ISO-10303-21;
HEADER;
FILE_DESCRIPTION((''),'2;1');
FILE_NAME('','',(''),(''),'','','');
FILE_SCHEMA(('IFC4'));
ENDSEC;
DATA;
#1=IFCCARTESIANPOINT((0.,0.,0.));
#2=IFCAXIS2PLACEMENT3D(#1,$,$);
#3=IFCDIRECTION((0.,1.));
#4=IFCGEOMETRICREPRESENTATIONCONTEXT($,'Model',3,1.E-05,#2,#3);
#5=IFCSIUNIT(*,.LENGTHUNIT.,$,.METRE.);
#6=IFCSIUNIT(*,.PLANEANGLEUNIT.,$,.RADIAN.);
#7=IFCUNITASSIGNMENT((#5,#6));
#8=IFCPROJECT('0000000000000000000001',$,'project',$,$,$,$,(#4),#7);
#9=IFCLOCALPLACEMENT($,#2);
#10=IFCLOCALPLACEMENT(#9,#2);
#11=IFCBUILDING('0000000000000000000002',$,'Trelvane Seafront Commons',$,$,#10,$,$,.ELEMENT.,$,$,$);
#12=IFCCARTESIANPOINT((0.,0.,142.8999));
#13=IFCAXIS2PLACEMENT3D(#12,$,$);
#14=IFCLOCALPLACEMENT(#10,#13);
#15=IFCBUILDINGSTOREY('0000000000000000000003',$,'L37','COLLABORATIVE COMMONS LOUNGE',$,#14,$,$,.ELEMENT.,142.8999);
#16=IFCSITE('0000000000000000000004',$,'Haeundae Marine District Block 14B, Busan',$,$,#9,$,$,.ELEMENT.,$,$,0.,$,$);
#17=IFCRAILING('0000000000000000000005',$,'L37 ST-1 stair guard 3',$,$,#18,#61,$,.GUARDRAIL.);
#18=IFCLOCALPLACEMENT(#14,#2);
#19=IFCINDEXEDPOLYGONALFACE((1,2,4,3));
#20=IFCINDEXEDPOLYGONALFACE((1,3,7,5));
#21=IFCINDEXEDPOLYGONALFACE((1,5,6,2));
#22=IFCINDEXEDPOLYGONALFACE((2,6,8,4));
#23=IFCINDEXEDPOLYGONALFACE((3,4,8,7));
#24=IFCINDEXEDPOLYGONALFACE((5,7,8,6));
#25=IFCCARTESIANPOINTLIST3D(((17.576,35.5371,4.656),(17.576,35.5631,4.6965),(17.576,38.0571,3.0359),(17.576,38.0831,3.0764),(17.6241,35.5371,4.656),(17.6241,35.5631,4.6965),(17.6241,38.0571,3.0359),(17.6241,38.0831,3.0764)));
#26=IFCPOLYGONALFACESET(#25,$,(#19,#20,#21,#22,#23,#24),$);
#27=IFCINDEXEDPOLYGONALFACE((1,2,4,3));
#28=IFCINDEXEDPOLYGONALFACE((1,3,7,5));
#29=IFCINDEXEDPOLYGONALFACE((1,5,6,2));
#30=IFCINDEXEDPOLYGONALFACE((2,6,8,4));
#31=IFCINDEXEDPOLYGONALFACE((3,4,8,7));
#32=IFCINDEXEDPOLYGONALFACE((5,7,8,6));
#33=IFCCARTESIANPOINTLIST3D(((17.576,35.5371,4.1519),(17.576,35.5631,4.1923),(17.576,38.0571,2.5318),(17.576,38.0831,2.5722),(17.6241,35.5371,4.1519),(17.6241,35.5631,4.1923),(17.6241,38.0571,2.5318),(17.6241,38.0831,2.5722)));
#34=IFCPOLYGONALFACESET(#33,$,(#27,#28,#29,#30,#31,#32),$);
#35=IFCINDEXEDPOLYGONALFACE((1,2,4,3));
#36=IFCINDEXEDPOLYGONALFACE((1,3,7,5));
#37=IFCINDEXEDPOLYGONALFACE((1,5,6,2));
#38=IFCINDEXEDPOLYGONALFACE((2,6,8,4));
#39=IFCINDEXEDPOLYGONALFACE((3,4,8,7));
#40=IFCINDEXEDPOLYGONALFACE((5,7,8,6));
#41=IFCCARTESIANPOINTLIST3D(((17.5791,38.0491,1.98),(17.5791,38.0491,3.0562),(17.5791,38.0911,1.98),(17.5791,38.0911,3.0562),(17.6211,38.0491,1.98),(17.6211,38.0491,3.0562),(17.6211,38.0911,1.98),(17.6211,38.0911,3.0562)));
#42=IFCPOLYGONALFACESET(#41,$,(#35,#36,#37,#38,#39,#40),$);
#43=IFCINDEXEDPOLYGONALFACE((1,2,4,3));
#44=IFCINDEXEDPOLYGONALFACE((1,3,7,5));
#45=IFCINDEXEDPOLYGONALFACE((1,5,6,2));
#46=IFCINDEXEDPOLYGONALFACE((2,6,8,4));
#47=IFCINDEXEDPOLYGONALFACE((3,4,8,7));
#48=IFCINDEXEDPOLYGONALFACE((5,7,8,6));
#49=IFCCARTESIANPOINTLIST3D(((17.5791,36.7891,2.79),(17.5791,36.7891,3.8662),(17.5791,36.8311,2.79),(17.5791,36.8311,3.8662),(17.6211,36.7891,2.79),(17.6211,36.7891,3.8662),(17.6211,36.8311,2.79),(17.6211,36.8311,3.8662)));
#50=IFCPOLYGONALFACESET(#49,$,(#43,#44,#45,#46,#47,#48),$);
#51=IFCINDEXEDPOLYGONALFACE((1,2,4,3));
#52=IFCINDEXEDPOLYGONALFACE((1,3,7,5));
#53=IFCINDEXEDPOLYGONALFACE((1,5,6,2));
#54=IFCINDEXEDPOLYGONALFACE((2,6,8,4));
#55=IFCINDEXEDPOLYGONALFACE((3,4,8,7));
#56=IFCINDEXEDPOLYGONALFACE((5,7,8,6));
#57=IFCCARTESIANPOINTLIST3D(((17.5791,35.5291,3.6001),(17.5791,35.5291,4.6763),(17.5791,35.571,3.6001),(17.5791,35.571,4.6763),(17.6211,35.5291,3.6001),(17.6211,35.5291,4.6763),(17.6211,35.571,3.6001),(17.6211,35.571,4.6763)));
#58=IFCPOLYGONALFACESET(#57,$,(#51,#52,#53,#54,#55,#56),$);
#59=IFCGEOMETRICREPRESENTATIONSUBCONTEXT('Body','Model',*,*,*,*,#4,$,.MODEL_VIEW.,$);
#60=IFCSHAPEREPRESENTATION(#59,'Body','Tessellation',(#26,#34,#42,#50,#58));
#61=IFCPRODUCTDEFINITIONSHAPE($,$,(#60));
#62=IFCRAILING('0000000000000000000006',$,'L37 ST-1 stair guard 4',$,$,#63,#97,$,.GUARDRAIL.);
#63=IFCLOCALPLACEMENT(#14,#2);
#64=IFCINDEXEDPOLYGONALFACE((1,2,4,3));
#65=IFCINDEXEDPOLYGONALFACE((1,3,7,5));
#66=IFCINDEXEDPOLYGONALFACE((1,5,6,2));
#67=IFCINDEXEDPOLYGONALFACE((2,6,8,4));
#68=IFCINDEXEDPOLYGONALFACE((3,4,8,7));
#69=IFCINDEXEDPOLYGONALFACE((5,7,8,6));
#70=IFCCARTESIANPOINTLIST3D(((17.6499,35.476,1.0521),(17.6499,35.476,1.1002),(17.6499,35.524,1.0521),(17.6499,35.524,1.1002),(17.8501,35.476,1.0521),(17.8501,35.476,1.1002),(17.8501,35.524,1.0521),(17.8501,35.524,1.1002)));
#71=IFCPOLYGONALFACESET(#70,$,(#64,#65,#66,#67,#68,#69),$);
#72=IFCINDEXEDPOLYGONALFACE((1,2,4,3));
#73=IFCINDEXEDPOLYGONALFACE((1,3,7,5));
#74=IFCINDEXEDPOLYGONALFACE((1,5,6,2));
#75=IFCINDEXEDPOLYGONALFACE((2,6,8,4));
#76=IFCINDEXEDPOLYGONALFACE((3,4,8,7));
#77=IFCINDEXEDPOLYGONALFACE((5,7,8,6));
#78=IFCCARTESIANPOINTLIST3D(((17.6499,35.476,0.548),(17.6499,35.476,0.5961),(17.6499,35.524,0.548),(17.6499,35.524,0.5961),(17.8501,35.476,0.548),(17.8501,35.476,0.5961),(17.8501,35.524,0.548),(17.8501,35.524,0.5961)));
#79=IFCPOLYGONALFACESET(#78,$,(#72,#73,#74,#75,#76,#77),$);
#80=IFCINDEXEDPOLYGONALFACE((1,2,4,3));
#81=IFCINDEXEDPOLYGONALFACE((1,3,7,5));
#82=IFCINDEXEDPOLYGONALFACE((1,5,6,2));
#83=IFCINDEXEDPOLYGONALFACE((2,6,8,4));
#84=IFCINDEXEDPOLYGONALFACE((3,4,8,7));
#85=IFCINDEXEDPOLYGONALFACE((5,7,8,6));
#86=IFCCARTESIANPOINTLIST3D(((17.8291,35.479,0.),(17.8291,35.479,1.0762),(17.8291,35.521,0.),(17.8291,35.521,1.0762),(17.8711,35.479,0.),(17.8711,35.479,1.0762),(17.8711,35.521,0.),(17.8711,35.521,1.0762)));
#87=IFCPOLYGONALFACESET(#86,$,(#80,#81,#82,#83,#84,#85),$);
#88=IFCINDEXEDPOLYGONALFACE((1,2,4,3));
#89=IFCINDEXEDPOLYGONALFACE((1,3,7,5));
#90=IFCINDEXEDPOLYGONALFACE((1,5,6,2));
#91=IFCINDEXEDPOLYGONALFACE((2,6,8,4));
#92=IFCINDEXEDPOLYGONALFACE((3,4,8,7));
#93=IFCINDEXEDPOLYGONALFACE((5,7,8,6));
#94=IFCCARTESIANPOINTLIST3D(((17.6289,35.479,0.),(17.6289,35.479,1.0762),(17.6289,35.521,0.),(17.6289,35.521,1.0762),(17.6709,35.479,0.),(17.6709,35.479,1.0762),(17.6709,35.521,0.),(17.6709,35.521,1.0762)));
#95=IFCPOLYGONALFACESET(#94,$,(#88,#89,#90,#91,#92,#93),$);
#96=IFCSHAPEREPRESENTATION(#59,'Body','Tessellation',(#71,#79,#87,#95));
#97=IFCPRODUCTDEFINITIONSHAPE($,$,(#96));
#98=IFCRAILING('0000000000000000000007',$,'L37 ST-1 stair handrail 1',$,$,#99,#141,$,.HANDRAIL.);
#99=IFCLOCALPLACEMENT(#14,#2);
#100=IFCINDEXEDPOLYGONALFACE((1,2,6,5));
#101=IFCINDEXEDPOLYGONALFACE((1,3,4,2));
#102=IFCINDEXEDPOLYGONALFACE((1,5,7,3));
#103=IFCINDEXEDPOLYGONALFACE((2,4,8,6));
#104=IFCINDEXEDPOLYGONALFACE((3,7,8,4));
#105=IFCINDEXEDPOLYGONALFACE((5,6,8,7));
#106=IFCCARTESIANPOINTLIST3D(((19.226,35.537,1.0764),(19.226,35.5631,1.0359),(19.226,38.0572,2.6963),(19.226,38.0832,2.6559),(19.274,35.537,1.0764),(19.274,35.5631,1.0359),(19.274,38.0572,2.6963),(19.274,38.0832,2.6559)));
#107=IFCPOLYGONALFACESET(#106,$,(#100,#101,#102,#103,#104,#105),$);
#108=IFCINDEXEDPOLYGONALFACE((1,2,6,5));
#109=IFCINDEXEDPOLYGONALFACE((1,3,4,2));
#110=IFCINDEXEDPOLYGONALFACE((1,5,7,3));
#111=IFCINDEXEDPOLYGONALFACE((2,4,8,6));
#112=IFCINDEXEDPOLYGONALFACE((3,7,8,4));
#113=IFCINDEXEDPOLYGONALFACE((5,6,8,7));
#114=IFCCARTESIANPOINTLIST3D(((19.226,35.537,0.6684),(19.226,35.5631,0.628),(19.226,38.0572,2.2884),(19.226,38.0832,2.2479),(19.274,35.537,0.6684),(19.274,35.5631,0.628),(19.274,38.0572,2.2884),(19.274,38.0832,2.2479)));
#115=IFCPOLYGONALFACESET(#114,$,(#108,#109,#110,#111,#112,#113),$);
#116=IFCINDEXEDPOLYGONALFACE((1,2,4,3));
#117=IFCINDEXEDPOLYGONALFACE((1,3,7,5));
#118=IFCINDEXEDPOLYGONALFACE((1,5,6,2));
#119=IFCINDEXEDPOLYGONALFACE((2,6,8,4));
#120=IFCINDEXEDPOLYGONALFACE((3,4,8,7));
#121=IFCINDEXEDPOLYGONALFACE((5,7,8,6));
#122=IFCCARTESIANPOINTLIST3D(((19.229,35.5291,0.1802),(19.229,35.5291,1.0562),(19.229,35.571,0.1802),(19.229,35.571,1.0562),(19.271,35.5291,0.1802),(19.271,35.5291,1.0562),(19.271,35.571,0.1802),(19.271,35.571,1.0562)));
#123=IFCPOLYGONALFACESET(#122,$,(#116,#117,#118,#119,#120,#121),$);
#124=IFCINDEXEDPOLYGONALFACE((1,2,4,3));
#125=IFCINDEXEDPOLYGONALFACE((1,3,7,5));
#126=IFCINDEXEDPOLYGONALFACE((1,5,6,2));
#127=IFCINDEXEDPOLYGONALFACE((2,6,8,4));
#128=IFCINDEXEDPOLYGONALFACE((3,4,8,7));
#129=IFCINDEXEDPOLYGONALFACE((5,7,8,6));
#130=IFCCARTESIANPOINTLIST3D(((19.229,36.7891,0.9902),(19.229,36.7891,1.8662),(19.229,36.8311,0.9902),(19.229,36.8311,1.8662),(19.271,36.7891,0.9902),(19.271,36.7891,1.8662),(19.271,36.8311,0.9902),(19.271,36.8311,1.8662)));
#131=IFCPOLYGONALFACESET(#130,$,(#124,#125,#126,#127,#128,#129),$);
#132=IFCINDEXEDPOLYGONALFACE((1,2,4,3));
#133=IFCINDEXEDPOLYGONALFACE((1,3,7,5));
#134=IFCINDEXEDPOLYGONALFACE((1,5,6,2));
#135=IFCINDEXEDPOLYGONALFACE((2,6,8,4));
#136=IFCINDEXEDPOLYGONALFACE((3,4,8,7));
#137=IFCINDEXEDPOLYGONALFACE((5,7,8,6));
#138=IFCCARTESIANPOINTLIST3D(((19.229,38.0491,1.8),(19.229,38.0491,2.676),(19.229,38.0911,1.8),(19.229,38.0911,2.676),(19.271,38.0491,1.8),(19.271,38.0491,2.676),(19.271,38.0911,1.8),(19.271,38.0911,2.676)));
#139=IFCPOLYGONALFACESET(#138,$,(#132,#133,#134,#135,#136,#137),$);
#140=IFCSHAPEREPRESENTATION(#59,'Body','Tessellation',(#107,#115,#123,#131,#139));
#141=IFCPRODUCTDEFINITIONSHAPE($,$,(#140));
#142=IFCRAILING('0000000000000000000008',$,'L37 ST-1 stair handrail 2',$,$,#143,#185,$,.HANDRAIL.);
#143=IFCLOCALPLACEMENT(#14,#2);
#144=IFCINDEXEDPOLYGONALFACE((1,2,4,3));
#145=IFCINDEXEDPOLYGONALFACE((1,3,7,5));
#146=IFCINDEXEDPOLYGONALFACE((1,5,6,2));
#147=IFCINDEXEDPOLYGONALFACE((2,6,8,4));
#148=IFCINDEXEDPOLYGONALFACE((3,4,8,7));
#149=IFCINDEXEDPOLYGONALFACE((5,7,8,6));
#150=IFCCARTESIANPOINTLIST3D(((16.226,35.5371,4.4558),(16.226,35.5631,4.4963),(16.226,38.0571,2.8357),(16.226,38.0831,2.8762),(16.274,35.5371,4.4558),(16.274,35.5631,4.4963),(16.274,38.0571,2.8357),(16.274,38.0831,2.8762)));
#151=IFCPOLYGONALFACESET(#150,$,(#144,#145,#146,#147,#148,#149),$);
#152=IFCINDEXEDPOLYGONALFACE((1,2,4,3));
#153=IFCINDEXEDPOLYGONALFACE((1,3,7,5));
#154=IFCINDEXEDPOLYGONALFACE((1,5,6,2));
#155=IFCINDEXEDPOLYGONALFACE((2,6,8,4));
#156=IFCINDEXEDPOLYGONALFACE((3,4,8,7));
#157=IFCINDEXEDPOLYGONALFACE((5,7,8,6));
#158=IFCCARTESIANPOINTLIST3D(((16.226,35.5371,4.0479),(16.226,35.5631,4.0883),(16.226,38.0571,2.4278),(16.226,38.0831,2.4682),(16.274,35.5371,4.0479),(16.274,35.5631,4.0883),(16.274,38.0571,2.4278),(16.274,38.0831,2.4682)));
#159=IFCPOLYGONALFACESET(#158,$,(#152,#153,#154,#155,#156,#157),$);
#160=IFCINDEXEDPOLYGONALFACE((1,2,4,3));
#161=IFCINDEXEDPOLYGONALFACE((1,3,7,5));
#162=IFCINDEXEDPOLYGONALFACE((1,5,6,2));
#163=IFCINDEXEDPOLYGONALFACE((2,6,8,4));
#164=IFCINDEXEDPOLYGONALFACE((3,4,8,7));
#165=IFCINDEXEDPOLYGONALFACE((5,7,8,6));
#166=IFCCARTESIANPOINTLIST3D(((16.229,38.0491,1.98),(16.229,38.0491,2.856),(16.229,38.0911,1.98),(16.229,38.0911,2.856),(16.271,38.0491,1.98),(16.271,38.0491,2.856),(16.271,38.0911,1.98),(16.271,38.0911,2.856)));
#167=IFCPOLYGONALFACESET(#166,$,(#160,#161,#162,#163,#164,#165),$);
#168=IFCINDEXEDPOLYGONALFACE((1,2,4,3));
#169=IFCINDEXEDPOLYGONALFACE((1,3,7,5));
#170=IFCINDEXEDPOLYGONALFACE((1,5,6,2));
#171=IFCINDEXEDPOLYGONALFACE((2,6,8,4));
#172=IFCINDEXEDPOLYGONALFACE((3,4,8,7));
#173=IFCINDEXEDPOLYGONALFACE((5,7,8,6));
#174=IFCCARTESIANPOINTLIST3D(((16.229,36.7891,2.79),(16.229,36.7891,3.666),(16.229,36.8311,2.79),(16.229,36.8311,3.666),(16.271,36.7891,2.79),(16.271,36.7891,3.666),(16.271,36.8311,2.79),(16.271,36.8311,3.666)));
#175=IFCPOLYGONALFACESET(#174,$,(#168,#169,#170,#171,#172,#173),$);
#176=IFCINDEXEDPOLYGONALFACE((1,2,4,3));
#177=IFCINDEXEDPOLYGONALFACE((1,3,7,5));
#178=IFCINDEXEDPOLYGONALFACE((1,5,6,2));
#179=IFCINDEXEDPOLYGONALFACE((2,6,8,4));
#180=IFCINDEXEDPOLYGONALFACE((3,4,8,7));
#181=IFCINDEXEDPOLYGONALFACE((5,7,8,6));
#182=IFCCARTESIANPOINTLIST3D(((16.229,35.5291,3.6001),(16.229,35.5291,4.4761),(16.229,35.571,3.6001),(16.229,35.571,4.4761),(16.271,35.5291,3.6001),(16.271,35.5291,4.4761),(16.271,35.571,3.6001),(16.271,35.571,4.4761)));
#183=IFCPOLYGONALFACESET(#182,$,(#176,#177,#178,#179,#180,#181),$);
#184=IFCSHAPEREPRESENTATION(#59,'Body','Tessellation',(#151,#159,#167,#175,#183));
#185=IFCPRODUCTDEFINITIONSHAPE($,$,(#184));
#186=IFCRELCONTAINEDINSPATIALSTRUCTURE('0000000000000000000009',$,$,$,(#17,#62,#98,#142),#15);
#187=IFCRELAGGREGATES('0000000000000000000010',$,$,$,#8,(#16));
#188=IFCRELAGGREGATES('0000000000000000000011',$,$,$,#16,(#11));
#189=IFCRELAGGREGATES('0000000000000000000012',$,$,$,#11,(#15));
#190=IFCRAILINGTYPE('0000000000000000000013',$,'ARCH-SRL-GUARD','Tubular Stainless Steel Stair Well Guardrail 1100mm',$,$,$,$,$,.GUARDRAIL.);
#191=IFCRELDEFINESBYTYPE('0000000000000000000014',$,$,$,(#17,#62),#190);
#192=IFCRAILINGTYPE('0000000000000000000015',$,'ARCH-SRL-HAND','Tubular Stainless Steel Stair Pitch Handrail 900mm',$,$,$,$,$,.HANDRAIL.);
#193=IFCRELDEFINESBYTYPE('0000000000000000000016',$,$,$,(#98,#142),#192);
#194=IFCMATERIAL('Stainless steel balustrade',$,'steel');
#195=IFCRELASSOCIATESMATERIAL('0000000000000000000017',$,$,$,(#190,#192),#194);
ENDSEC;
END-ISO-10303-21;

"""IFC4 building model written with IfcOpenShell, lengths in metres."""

from ifc_helpers import new_model, si_unit, direction, frame, origin, origin_2d, place, context, subcontext, project, spatial, rectangle, extrude, material, type_object, element, save


model = new_model("IFC4")

# Units and contexts
model_context = context("Model", 3, precision=1e-05, world=origin(), true_north=direction((0.0, 1.0)))
body_context = subcontext(model_context, "Body", "Model", "MODEL_VIEW")
ifc_project = project(units=[si_unit("LENGTHUNIT", "METRE"), si_unit("PLANEANGLEUNIT", "RADIAN")], contexts=[model_context])

# Site, building, storey
site_placement = place(None, origin())
site = spatial("IfcSite", under=ifc_project, at=site_placement, Name="Haeundae Marine District Block 14B, Busan", CompositionType="ELEMENT", RefElevation=0.0)
building_placement = place(site_placement, origin())
building = spatial("IfcBuilding", under=site, at=building_placement, Name="Trelvane Seafront Commons", CompositionType="ELEMENT")
storey_placement = place(building_placement, frame((0.0, 0.0, 142.8999)))
storey = spatial("IfcBuildingStorey", under=building, at=storey_placement, Name="L37", Description="COLLABORATIVE COMMONS LOUNGE", CompositionType="ELEMENT", Elevation=142.8999)

# Shared definitions
ifc_material_1 = material(Name="Stainless steel balustrade", Category="steel")

# Railings
railing_type_1 = type_object("IfcRailingType", Name="ARCH-SRL-GUARD", Description="Tubular Stainless Steel Stair Well Guardrail 1100mm", PredefinedType="GUARDRAIL", material=ifc_material_1)
railing_1_placement = place(storey_placement, frame((17.6001, 38.0701, 1.98)))
element("IfcRailing", 1, at=railing_1_placement, inside=storey, type_object=railing_type_1, Name="L37 ST-1 stair guard 3", PredefinedType="GUARDRAIL", context=body_context, shape_type="SweptSolid", body=[
    extrude(rectangle(XDim=0.0481, YDim=0.0481, at=origin_2d()), frame((0.0, 0.0, 1.0762), z_axis=(0.0, -0.841163, 0.540782), x_axis=(1.0, 0.0, 0.0)), (0.0, 0.0, 1.0), 2.9958),
    extrude(rectangle(XDim=0.0481, YDim=0.0481, at=origin_2d()), frame((0.0, 0.0, 0.572), z_axis=(0.0, -0.841163, 0.540782), x_axis=(1.0, 0.0, 0.0)), (0.0, 0.0, 1.0), 2.9958),
    extrude(rectangle(XDim=0.042, YDim=0.042, at=origin_2d()), origin(), (0.0, 0.0, 1.0), 1.0762),
    extrude(rectangle(XDim=0.042, YDim=0.042, at=origin_2d()), frame((0.0, -1.26, 0.8101)), (0.0, 0.0, 1.0), 1.0762),
    extrude(rectangle(XDim=0.042, YDim=0.042, at=origin_2d()), frame((0.0, -2.52, 1.6201)), (0.0, 0.0, 1.0), 1.0762),
])
railing_2_placement = place(storey_placement, frame((17.8501, 35.5, 0.0)))
element("IfcRailing", 2, at=railing_2_placement, inside=storey, type_object=railing_type_1, Name="L37 ST-1 stair guard 4", PredefinedType="GUARDRAIL", context=body_context, shape_type="SweptSolid", body=[
    extrude(rectangle(XDim=0.0481, YDim=0.0481, at=origin_2d()), frame((0.0, 0.0, 1.0762), z_axis=(-1.0, 0.0, 0.0), x_axis=(0.0, -1.0, 0.0)), (0.0, 0.0, 1.0), 0.2002),
    extrude(rectangle(XDim=0.0481, YDim=0.0481, at=origin_2d()), frame((0.0, 0.0, 0.572), z_axis=(-1.0, 0.0, 0.0), x_axis=(0.0, -1.0, 0.0)), (0.0, 0.0, 1.0), 0.2002),
    extrude(rectangle(XDim=0.042, YDim=0.042, at=origin_2d()), origin(), (0.0, 0.0, 1.0), 1.0762),
    extrude(rectangle(XDim=0.042, YDim=0.042, at=origin_2d()), frame((-0.2002, 0.0, 0.0)), (0.0, 0.0, 1.0), 1.0762),
])
railing_type_2 = type_object("IfcRailingType", Name="ARCH-SRL-HAND", Description="Tubular Stainless Steel Stair Pitch Handrail 900mm", PredefinedType="HANDRAIL", material=ifc_material_1)
railing_3_placement = place(storey_placement, frame((19.25, 35.55, 0.1802)))
element("IfcRailing", 3, at=railing_3_placement, inside=storey, type_object=railing_type_2, Name="L37 ST-1 stair handrail 1", PredefinedType="HANDRAIL", context=body_context, shape_type="SweptSolid", body=[
    extrude(rectangle(XDim=0.0481, YDim=0.0481, at=origin_2d()), frame((0.0, 0.0, 0.876), z_axis=(0.0, 0.8412, 0.540725), x_axis=(-1.0, 0.0, 0.0)), (0.0, 0.0, 1.0), 2.9958),
    extrude(rectangle(XDim=0.0481, YDim=0.0481, at=origin_2d()), frame((0.0, 0.0, 0.468), z_axis=(0.0, 0.8412, 0.540725), x_axis=(-1.0, 0.0, 0.0)), (0.0, 0.0, 1.0), 2.9958),
    extrude(rectangle(XDim=0.042, YDim=0.042, at=origin_2d()), origin(), (0.0, 0.0, 1.0), 0.876),
    extrude(rectangle(XDim=0.042, YDim=0.042, at=origin_2d()), frame((0.0, 1.26, 0.8101)), (0.0, 0.0, 1.0), 0.876),
    extrude(rectangle(XDim=0.042, YDim=0.042, at=origin_2d()), frame((0.0, 2.52, 1.6199)), (0.0, 0.0, 1.0), 0.876),
])
railing_4_placement = place(storey_placement, frame((16.25, 38.0701, 1.98)))
element("IfcRailing", 4, at=railing_4_placement, inside=storey, type_object=railing_type_2, Name="L37 ST-1 stair handrail 2", PredefinedType="HANDRAIL", context=body_context, shape_type="SweptSolid", body=[
    extrude(rectangle(XDim=0.0481, YDim=0.0481, at=origin_2d()), frame((0.0, 0.0, 0.876), z_axis=(0.0, -0.841163, 0.540782), x_axis=(1.0, 0.0, 0.0)), (0.0, 0.0, 1.0), 2.9958),
    extrude(rectangle(XDim=0.0481, YDim=0.0481, at=origin_2d()), frame((0.0, 0.0, 0.468), z_axis=(0.0, -0.841163, 0.540782), x_axis=(1.0, 0.0, 0.0)), (0.0, 0.0, 1.0), 2.9958),
    extrude(rectangle(XDim=0.042, YDim=0.042, at=origin_2d()), origin(), (0.0, 0.0, 1.0), 0.876),
    extrude(rectangle(XDim=0.042, YDim=0.042, at=origin_2d()), frame((0.0, -1.26, 0.8101)), (0.0, 0.0, 1.0), 0.876),
    extrude(rectangle(XDim=0.042, YDim=0.042, at=origin_2d()), frame((0.0, -2.52, 1.6201)), (0.0, 0.0, 1.0), 0.876),
])

save(model, "model.ifc")
